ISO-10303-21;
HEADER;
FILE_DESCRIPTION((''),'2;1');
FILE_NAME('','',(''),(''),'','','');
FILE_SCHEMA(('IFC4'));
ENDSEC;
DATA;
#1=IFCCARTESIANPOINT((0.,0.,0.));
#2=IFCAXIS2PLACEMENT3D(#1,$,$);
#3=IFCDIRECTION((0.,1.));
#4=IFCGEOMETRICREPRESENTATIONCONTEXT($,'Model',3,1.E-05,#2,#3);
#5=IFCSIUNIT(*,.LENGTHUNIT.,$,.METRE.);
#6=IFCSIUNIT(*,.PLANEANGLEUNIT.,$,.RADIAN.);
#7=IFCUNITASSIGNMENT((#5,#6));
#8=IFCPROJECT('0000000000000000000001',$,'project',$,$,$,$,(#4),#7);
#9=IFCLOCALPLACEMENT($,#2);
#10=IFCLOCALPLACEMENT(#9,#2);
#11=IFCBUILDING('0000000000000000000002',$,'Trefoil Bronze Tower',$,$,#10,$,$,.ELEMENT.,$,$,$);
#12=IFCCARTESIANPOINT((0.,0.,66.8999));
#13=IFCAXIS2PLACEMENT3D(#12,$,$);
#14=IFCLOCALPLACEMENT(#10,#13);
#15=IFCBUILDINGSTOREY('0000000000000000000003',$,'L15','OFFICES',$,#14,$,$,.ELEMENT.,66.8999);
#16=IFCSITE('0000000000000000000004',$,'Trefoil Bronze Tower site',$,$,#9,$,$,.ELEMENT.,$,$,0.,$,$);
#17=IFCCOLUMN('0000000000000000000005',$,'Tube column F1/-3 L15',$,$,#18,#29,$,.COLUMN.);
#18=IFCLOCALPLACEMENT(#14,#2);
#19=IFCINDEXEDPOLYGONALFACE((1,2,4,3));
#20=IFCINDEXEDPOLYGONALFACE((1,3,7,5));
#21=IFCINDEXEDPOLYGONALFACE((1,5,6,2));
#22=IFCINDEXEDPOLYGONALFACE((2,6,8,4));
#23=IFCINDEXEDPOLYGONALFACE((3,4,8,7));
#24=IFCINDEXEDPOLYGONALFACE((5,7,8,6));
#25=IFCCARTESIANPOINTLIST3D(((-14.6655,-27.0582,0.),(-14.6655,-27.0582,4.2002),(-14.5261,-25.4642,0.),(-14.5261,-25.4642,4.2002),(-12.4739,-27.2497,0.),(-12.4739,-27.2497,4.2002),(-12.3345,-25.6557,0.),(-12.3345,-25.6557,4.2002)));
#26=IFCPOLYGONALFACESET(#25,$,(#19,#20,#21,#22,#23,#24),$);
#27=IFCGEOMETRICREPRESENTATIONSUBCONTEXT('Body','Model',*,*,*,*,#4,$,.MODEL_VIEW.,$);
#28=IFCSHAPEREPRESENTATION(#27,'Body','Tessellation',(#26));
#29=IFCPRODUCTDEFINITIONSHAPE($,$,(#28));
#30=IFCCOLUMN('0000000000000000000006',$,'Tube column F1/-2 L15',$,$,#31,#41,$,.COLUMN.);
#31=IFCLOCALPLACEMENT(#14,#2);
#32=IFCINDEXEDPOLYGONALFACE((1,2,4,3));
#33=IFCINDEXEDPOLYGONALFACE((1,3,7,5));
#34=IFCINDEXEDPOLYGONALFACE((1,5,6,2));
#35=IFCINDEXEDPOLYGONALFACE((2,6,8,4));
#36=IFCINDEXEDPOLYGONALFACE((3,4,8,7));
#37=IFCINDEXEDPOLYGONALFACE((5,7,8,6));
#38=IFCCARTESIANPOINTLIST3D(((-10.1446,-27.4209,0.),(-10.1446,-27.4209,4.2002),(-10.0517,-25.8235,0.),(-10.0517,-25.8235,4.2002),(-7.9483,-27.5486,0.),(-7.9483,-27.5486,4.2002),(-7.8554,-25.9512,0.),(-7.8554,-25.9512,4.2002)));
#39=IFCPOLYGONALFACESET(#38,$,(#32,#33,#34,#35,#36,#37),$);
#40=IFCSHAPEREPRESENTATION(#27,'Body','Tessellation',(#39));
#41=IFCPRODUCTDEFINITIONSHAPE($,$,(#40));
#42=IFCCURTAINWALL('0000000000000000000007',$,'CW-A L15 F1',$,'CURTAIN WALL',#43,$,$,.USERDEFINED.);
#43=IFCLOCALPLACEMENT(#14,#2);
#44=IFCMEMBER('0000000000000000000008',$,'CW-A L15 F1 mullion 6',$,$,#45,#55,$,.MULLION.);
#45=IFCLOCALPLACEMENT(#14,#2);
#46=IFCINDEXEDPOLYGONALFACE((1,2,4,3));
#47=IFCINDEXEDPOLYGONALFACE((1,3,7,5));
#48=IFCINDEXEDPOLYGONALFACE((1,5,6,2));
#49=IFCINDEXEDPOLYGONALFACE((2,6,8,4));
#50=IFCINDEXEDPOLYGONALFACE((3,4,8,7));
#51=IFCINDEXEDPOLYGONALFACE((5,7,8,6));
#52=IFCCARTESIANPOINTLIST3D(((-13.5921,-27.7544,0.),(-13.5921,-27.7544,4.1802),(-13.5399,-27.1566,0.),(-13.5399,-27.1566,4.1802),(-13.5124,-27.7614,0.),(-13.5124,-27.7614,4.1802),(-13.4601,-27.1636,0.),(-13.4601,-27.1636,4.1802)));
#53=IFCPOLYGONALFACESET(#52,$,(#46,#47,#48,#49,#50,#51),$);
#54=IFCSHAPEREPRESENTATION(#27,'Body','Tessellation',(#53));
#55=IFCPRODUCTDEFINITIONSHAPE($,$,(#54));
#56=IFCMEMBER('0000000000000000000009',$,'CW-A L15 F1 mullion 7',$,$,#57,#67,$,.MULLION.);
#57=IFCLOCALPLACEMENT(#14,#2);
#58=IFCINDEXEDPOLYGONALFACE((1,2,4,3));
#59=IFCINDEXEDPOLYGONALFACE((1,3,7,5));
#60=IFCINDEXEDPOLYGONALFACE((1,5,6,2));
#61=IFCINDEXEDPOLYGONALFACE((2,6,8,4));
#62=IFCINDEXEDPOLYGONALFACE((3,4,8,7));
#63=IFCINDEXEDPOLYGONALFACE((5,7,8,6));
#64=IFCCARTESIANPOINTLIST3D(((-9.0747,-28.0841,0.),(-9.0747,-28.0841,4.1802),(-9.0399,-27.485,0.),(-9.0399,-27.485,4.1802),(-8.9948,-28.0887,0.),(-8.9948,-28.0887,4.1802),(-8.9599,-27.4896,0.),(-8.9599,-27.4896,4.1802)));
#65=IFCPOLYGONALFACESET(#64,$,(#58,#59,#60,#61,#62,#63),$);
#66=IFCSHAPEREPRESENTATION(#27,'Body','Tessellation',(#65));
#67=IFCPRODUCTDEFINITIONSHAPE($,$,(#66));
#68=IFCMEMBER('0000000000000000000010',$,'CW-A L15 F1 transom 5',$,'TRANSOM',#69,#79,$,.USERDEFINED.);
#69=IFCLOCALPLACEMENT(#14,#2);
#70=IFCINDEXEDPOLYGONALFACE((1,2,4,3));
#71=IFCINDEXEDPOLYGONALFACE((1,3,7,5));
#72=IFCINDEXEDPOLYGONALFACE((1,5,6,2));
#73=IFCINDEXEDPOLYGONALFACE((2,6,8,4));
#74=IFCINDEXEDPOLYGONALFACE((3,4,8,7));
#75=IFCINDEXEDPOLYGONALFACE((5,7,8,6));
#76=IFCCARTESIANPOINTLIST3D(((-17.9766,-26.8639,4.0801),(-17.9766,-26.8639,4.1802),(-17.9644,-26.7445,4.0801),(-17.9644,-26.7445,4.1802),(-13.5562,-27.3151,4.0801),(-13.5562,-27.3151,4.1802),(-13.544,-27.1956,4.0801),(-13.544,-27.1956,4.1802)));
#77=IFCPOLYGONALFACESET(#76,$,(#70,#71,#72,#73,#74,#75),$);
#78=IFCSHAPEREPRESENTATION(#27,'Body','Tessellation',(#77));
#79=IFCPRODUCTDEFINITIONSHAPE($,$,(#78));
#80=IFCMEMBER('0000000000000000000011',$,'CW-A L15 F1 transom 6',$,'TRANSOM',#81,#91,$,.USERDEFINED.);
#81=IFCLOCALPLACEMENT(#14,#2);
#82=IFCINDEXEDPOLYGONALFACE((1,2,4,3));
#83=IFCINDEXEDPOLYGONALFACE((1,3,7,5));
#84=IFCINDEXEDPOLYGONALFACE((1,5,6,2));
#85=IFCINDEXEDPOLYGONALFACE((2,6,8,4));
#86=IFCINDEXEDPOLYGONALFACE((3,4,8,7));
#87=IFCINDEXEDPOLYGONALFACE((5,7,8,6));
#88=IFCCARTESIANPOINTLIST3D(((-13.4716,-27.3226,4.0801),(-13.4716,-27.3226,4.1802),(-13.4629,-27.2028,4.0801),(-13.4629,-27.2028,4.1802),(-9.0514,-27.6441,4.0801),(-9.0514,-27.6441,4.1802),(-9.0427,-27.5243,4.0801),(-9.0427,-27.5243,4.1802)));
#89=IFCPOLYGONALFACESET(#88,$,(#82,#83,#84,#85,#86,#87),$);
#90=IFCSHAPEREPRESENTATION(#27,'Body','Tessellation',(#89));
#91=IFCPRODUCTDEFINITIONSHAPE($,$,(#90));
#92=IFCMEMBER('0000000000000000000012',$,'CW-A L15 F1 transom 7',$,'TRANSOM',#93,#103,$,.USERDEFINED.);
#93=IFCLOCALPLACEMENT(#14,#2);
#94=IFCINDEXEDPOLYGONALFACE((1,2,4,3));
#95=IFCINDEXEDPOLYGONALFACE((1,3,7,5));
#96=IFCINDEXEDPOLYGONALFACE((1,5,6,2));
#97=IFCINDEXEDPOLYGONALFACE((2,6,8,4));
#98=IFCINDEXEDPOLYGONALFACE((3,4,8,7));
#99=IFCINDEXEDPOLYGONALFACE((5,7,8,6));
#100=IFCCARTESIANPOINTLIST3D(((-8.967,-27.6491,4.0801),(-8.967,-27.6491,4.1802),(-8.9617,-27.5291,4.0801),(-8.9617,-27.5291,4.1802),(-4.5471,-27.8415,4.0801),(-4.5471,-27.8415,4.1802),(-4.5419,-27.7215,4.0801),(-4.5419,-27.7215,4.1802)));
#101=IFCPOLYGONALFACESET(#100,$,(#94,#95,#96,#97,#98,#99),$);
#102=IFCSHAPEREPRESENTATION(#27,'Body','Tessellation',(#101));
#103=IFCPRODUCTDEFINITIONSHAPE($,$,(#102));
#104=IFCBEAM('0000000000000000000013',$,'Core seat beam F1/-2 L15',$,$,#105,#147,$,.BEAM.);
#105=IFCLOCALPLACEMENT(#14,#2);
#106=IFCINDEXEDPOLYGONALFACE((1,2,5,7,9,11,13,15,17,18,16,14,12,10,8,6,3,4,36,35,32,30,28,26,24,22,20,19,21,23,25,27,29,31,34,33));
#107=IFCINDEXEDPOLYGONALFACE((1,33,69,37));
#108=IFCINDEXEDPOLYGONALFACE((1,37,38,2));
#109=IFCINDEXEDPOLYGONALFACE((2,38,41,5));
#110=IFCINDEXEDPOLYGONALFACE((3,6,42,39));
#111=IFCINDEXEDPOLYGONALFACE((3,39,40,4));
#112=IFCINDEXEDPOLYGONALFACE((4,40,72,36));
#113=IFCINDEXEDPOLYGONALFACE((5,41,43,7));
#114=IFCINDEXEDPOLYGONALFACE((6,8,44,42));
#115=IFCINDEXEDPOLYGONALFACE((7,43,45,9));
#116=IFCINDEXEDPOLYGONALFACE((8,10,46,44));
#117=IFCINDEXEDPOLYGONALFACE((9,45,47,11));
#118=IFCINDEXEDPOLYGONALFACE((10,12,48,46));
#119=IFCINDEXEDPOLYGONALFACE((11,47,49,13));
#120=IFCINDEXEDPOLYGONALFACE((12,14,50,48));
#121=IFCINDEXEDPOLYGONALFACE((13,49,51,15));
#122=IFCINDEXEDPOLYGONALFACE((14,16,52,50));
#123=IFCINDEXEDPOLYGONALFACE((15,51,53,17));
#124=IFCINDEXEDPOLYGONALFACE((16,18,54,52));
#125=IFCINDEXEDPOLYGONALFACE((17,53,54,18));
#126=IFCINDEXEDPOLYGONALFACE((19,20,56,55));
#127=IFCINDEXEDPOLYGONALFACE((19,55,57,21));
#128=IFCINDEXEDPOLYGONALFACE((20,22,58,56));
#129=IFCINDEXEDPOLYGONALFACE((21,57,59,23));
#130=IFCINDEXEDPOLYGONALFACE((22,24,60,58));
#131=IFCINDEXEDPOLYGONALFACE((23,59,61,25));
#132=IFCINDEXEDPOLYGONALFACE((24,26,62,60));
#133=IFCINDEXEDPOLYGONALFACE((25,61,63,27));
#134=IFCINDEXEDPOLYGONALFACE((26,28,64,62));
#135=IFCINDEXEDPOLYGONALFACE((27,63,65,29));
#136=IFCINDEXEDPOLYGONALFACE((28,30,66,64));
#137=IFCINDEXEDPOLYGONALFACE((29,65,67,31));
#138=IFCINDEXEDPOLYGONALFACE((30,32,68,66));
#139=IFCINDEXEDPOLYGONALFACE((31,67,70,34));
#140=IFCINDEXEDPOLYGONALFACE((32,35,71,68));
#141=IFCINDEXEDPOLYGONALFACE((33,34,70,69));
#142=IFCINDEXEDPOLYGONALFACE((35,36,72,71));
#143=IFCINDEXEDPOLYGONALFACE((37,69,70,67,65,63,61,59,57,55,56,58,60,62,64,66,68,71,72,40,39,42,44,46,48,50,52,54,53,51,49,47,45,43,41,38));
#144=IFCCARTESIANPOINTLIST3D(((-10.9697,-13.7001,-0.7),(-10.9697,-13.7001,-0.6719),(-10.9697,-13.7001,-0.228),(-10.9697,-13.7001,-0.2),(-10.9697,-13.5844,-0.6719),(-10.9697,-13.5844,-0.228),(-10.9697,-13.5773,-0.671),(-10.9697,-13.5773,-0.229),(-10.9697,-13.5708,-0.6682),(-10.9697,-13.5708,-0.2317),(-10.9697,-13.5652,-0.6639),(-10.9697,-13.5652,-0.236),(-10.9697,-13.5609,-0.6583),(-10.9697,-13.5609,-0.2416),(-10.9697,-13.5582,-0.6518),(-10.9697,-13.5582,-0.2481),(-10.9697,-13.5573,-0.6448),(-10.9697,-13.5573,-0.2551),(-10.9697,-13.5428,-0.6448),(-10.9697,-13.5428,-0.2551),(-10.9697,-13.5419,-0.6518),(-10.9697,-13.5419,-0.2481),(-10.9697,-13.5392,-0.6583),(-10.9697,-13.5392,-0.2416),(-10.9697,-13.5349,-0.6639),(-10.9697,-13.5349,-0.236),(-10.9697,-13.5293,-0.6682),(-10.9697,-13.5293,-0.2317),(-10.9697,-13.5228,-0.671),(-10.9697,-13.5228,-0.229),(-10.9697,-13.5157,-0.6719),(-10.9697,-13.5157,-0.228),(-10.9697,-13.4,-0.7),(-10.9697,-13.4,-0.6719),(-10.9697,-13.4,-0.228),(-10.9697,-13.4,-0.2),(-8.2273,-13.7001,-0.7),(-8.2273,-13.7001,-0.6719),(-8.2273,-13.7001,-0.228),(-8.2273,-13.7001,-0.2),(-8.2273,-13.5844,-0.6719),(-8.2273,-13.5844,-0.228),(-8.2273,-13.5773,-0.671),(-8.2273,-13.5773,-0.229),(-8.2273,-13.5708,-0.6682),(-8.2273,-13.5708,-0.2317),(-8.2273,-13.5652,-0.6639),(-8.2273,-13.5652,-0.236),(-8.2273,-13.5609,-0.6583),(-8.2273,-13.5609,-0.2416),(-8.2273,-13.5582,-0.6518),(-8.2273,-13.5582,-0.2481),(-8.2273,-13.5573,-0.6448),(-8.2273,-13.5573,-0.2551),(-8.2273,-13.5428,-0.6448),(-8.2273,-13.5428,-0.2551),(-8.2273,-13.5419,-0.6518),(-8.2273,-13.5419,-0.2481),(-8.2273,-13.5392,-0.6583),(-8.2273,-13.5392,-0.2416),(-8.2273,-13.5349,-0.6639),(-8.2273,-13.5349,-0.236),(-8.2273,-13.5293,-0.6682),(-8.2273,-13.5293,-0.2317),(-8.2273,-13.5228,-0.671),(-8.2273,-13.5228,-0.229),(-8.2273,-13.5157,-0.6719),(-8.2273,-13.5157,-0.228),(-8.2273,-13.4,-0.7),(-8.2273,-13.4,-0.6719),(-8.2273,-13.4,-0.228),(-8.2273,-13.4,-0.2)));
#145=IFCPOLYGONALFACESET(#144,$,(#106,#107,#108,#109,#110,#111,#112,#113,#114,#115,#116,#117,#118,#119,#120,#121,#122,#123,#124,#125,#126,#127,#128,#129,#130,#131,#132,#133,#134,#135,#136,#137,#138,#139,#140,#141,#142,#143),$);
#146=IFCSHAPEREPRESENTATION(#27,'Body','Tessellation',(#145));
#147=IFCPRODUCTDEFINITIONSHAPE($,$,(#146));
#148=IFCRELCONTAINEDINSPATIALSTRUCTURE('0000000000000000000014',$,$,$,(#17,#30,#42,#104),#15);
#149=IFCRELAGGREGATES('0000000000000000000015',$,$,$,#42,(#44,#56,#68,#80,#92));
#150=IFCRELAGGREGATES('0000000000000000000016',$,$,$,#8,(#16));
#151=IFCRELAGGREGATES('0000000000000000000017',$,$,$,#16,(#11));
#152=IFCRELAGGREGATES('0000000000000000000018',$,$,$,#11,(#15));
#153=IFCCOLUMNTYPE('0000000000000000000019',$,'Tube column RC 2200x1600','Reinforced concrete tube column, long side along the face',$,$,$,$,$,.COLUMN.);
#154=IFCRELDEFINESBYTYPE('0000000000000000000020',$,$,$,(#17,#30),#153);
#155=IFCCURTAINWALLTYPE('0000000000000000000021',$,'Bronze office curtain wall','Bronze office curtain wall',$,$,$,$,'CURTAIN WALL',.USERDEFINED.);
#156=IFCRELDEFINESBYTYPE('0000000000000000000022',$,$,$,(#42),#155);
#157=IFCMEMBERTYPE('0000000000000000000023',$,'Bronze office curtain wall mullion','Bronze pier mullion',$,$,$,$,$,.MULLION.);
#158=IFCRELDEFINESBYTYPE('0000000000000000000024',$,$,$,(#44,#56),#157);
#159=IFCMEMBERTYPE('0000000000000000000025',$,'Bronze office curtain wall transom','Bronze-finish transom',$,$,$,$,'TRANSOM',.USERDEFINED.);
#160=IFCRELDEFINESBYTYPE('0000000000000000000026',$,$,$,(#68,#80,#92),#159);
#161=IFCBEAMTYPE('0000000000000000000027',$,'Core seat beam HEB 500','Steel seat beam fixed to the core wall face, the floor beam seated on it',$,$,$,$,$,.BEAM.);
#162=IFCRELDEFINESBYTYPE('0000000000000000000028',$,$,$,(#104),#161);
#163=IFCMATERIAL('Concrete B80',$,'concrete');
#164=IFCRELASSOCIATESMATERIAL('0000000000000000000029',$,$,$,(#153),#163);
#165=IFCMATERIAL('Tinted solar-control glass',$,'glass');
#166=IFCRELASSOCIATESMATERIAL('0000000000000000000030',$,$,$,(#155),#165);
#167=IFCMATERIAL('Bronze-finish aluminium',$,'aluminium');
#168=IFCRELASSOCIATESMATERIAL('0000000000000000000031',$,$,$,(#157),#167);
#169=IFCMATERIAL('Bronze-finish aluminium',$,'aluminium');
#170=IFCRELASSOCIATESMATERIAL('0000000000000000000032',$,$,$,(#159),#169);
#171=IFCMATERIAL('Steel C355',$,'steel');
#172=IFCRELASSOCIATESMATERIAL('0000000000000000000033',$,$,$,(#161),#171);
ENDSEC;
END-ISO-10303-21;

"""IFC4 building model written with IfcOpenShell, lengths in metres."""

from ifc_helpers import new_model, si_unit, direction, frame, origin, origin_2d, place, context, subcontext, project, spatial, rectangle, i_section, extrude, material, material_profile, profile_set, type_object, element, aggregate, save


model = new_model("IFC4")

# Units and contexts
model_context = context("Model", 3, precision=1e-05, world=origin(), true_north=direction((0.0, 1.0)))
body_context = subcontext(model_context, "Body", "Model", "MODEL_VIEW")
ifc_project = project(units=[si_unit("LENGTHUNIT", "METRE"), si_unit("PLANEANGLEUNIT", "RADIAN")], contexts=[model_context])

# Site, building, storey
site_placement = place(None, origin())
site = spatial("IfcSite", under=ifc_project, at=site_placement, Name="Trefoil Bronze Tower site", CompositionType="ELEMENT", RefElevation=0.0)
building_placement = place(site_placement, origin())
building = spatial("IfcBuilding", under=site, at=building_placement, Name="Trefoil Bronze Tower", CompositionType="ELEMENT")
storey_placement = place(building_placement, frame((0.0, 0.0, 66.8999)))
storey = spatial("IfcBuildingStorey", under=building, at=storey_placement, Name="L15", Description="OFFICES", CompositionType="ELEMENT", Elevation=66.8999)

# Columns
ifc_material_1 = material(Name="Concrete B80", Category="concrete")
ifc_material_profile_1 = material_profile(ifc_material_1, rectangle(XDim=2.2, YDim=1.6001, at=origin_2d()), Name="RC 2200x1600")
ifc_profile_set_1 = profile_set([ifc_material_profile_1], Name="Concrete B80")
column_type = type_object("IfcColumnType", Name="Tube column RC 2200x1600", Description="Reinforced concrete tube column, long side along the face", PredefinedType="COLUMN", material=ifc_profile_set_1)
for number, where, z_axis, x_axis, name in (
    (1, (-13.5, -26.3569, 0.0), (0.0, 0.0, 1.0), (0.996203, -0.087065, 0.0), "Tube column F1/-3 L15"),
    (2, (-9.0, -26.686, 0.0), (0.0, 0.0, 1.0), (0.998314, -0.058043, 0.0), "Tube column F1/-2 L15"),
):
    element("IfcColumn", number, at=place(storey_placement, frame(where, z_axis=z_axis, x_axis=x_axis)), inside=storey, type_object=column_type, Name=name, PredefinedType="COLUMN", context=body_context, shape_type="SweptSolid", body=[
        extrude(rectangle(XDim=2.2, YDim=1.6001, at=origin_2d()), origin(), (0.0, 0.0, 1.0), 4.2002),
    ])

# Curtain wall, members
ifc_material_2 = material(Name="Tinted solar-control glass", Category="glass")
curtain_wall_type = type_object("IfcCurtainWallType", Name="Bronze office curtain wall", Description="Bronze office curtain wall", ElementType="CURTAIN WALL", PredefinedType="USERDEFINED", material=ifc_material_2)
curtain_wall_placement = place(storey_placement, origin())
curtain_wall = element("IfcCurtainWall", 3, at=curtain_wall_placement, inside=storey, type_object=curtain_wall_type, Name="CW-A L15 F1", ObjectType="CURTAIN WALL", PredefinedType="USERDEFINED")
ifc_material_3 = material(Name="Bronze-finish aluminium", Category="aluminium")
ifc_material_profile_2 = material_profile(ifc_material_3, rectangle(XDim=0.6001, YDim=0.0801, at=origin_2d()), Name="CW-A mullion")
ifc_profile_set_2 = profile_set([ifc_material_profile_2], Name="Bronze-finish aluminium")
member_type_1 = type_object("IfcMemberType", Name="Bronze office curtain wall mullion", Description="Bronze pier mullion", PredefinedType="MULLION", material=ifc_profile_set_2)
member_1_placement = place(storey_placement, frame((-13.5261, -27.459, 0.0), z_axis=(0.0, 0.0, 1.0), x_axis=(0.087065, 0.996203, 0.0)))
member_1 = element("IfcMember", 4, at=member_1_placement, type_object=member_type_1, Name="CW-A L15 F1 mullion 6", PredefinedType="MULLION", context=body_context, shape_type="SweptSolid", body=[
    extrude(rectangle(XDim=0.6001, YDim=0.0801, at=origin_2d()), origin(), (0.0, 0.0, 1.0), 4.1802),
])
member_2_placement = place(storey_placement, frame((-9.0173, -27.7869, 0.0), z_axis=(0.0, 0.0, 1.0), x_axis=(0.058043, 0.998314, 0.0)))
member_2 = element("IfcMember", 5, at=member_2_placement, type_object=member_type_1, Name="CW-A L15 F1 mullion 7", PredefinedType="MULLION", context=body_context, shape_type="SweptSolid", body=[
    extrude(rectangle(XDim=0.6001, YDim=0.0801, at=origin_2d()), origin(), (0.0, 0.0, 1.0), 4.1802),
])
ifc_material_4 = material(Name="Bronze-finish aluminium", Category="aluminium")
ifc_material_profile_3 = material_profile(ifc_material_4, rectangle(XDim=0.1201, YDim=0.1001, at=origin_2d()), Name="CW-A transom")
ifc_profile_set_3 = profile_set([ifc_material_profile_3], Name="Bronze-finish aluminium")
member_type_2 = type_object("IfcMemberType", Name="Bronze office curtain wall transom", Description="Bronze-finish transom", ElementType="TRANSOM", PredefinedType="USERDEFINED", material=ifc_profile_set_3)
member_3_placement = place(storey_placement, frame((-17.9705, -26.8042, 4.1301), z_axis=(0.994832, -0.101538, 0.0), x_axis=(0.101538, 0.994832, 0.0)))
member_3 = element("IfcMember", 6, at=member_3_placement, type_object=member_type_2, Name="CW-A L15 F1 transom 5", ObjectType="TRANSOM", PredefinedType="USERDEFINED", context=body_context, shape_type="SweptSolid", body=[
    extrude(rectangle(XDim=0.1201, YDim=0.1001, at=origin_2d()), origin(), (0.0, 0.0, 1.0), 4.4434),
])
member_4_placement = place(storey_placement, frame((-13.4673, -27.2627, 4.1301), z_axis=(0.997365, -0.072551, 0.0), x_axis=(0.072551, 0.997365, 0.0)))
member_4 = element("IfcMember", 7, at=member_4_placement, type_object=member_type_2, Name="CW-A L15 F1 transom 6", ObjectType="TRANSOM", PredefinedType="USERDEFINED", context=body_context, shape_type="SweptSolid", body=[
    extrude(rectangle(XDim=0.1201, YDim=0.1001, at=origin_2d()), origin(), (0.0, 0.0, 1.0), 4.4319),
])
member_5_placement = place(storey_placement, frame((-8.9644, -27.5891, 4.1301), z_axis=(0.999054, -0.043485, 0.0), x_axis=(0.043485, 0.999054, 0.0)))
member_5 = element("IfcMember", 8, at=member_5_placement, type_object=member_type_2, Name="CW-A L15 F1 transom 7", ObjectType="TRANSOM", PredefinedType="USERDEFINED", context=body_context, shape_type="SweptSolid", body=[
    extrude(rectangle(XDim=0.1201, YDim=0.1001, at=origin_2d()), origin(), (0.0, 0.0, 1.0), 4.4241),
])

# Beam
ifc_material_5 = material(Name="Steel C355", Category="steel")
ifc_material_profile_4 = material_profile(ifc_material_5, i_section(OverallWidth=0.3, OverallDepth=0.5, WebThickness=0.0144, FlangeThickness=0.0281, FilletRadius=0.0271, at=origin_2d()), Name="HEB 500")
ifc_profile_set_4 = profile_set([ifc_material_profile_4], Name="Steel C355")
beam_type_1 = type_object("IfcBeamType", Name="Core seat beam HEB 500", Description="Steel seat beam fixed to the core wall face, the floor beam seated on it", PredefinedType="BEAM", material=ifc_profile_set_4)
beam_1_placement = place(storey_placement, frame((-10.9697, -13.55, -0.45), z_axis=(1.0, 0.0, 0.0), x_axis=(0.0, 1.0, 0.0)))
element("IfcBeam", 9, at=beam_1_placement, inside=storey, type_object=beam_type_1, Name="Core seat beam F1/-2 L15", PredefinedType="BEAM", context=body_context, shape_type="SweptSolid", body=[
    extrude(i_section(OverallWidth=0.3, OverallDepth=0.5, WebThickness=0.0144, FlangeThickness=0.0281, FilletRadius=0.0271, at=origin_2d()), origin(), (0.0, 0.0, 1.0), 2.7424),
])

aggregate(curtain_wall, [member_1, member_2, member_3, member_4, member_5])

save(model, "model.ifc")
